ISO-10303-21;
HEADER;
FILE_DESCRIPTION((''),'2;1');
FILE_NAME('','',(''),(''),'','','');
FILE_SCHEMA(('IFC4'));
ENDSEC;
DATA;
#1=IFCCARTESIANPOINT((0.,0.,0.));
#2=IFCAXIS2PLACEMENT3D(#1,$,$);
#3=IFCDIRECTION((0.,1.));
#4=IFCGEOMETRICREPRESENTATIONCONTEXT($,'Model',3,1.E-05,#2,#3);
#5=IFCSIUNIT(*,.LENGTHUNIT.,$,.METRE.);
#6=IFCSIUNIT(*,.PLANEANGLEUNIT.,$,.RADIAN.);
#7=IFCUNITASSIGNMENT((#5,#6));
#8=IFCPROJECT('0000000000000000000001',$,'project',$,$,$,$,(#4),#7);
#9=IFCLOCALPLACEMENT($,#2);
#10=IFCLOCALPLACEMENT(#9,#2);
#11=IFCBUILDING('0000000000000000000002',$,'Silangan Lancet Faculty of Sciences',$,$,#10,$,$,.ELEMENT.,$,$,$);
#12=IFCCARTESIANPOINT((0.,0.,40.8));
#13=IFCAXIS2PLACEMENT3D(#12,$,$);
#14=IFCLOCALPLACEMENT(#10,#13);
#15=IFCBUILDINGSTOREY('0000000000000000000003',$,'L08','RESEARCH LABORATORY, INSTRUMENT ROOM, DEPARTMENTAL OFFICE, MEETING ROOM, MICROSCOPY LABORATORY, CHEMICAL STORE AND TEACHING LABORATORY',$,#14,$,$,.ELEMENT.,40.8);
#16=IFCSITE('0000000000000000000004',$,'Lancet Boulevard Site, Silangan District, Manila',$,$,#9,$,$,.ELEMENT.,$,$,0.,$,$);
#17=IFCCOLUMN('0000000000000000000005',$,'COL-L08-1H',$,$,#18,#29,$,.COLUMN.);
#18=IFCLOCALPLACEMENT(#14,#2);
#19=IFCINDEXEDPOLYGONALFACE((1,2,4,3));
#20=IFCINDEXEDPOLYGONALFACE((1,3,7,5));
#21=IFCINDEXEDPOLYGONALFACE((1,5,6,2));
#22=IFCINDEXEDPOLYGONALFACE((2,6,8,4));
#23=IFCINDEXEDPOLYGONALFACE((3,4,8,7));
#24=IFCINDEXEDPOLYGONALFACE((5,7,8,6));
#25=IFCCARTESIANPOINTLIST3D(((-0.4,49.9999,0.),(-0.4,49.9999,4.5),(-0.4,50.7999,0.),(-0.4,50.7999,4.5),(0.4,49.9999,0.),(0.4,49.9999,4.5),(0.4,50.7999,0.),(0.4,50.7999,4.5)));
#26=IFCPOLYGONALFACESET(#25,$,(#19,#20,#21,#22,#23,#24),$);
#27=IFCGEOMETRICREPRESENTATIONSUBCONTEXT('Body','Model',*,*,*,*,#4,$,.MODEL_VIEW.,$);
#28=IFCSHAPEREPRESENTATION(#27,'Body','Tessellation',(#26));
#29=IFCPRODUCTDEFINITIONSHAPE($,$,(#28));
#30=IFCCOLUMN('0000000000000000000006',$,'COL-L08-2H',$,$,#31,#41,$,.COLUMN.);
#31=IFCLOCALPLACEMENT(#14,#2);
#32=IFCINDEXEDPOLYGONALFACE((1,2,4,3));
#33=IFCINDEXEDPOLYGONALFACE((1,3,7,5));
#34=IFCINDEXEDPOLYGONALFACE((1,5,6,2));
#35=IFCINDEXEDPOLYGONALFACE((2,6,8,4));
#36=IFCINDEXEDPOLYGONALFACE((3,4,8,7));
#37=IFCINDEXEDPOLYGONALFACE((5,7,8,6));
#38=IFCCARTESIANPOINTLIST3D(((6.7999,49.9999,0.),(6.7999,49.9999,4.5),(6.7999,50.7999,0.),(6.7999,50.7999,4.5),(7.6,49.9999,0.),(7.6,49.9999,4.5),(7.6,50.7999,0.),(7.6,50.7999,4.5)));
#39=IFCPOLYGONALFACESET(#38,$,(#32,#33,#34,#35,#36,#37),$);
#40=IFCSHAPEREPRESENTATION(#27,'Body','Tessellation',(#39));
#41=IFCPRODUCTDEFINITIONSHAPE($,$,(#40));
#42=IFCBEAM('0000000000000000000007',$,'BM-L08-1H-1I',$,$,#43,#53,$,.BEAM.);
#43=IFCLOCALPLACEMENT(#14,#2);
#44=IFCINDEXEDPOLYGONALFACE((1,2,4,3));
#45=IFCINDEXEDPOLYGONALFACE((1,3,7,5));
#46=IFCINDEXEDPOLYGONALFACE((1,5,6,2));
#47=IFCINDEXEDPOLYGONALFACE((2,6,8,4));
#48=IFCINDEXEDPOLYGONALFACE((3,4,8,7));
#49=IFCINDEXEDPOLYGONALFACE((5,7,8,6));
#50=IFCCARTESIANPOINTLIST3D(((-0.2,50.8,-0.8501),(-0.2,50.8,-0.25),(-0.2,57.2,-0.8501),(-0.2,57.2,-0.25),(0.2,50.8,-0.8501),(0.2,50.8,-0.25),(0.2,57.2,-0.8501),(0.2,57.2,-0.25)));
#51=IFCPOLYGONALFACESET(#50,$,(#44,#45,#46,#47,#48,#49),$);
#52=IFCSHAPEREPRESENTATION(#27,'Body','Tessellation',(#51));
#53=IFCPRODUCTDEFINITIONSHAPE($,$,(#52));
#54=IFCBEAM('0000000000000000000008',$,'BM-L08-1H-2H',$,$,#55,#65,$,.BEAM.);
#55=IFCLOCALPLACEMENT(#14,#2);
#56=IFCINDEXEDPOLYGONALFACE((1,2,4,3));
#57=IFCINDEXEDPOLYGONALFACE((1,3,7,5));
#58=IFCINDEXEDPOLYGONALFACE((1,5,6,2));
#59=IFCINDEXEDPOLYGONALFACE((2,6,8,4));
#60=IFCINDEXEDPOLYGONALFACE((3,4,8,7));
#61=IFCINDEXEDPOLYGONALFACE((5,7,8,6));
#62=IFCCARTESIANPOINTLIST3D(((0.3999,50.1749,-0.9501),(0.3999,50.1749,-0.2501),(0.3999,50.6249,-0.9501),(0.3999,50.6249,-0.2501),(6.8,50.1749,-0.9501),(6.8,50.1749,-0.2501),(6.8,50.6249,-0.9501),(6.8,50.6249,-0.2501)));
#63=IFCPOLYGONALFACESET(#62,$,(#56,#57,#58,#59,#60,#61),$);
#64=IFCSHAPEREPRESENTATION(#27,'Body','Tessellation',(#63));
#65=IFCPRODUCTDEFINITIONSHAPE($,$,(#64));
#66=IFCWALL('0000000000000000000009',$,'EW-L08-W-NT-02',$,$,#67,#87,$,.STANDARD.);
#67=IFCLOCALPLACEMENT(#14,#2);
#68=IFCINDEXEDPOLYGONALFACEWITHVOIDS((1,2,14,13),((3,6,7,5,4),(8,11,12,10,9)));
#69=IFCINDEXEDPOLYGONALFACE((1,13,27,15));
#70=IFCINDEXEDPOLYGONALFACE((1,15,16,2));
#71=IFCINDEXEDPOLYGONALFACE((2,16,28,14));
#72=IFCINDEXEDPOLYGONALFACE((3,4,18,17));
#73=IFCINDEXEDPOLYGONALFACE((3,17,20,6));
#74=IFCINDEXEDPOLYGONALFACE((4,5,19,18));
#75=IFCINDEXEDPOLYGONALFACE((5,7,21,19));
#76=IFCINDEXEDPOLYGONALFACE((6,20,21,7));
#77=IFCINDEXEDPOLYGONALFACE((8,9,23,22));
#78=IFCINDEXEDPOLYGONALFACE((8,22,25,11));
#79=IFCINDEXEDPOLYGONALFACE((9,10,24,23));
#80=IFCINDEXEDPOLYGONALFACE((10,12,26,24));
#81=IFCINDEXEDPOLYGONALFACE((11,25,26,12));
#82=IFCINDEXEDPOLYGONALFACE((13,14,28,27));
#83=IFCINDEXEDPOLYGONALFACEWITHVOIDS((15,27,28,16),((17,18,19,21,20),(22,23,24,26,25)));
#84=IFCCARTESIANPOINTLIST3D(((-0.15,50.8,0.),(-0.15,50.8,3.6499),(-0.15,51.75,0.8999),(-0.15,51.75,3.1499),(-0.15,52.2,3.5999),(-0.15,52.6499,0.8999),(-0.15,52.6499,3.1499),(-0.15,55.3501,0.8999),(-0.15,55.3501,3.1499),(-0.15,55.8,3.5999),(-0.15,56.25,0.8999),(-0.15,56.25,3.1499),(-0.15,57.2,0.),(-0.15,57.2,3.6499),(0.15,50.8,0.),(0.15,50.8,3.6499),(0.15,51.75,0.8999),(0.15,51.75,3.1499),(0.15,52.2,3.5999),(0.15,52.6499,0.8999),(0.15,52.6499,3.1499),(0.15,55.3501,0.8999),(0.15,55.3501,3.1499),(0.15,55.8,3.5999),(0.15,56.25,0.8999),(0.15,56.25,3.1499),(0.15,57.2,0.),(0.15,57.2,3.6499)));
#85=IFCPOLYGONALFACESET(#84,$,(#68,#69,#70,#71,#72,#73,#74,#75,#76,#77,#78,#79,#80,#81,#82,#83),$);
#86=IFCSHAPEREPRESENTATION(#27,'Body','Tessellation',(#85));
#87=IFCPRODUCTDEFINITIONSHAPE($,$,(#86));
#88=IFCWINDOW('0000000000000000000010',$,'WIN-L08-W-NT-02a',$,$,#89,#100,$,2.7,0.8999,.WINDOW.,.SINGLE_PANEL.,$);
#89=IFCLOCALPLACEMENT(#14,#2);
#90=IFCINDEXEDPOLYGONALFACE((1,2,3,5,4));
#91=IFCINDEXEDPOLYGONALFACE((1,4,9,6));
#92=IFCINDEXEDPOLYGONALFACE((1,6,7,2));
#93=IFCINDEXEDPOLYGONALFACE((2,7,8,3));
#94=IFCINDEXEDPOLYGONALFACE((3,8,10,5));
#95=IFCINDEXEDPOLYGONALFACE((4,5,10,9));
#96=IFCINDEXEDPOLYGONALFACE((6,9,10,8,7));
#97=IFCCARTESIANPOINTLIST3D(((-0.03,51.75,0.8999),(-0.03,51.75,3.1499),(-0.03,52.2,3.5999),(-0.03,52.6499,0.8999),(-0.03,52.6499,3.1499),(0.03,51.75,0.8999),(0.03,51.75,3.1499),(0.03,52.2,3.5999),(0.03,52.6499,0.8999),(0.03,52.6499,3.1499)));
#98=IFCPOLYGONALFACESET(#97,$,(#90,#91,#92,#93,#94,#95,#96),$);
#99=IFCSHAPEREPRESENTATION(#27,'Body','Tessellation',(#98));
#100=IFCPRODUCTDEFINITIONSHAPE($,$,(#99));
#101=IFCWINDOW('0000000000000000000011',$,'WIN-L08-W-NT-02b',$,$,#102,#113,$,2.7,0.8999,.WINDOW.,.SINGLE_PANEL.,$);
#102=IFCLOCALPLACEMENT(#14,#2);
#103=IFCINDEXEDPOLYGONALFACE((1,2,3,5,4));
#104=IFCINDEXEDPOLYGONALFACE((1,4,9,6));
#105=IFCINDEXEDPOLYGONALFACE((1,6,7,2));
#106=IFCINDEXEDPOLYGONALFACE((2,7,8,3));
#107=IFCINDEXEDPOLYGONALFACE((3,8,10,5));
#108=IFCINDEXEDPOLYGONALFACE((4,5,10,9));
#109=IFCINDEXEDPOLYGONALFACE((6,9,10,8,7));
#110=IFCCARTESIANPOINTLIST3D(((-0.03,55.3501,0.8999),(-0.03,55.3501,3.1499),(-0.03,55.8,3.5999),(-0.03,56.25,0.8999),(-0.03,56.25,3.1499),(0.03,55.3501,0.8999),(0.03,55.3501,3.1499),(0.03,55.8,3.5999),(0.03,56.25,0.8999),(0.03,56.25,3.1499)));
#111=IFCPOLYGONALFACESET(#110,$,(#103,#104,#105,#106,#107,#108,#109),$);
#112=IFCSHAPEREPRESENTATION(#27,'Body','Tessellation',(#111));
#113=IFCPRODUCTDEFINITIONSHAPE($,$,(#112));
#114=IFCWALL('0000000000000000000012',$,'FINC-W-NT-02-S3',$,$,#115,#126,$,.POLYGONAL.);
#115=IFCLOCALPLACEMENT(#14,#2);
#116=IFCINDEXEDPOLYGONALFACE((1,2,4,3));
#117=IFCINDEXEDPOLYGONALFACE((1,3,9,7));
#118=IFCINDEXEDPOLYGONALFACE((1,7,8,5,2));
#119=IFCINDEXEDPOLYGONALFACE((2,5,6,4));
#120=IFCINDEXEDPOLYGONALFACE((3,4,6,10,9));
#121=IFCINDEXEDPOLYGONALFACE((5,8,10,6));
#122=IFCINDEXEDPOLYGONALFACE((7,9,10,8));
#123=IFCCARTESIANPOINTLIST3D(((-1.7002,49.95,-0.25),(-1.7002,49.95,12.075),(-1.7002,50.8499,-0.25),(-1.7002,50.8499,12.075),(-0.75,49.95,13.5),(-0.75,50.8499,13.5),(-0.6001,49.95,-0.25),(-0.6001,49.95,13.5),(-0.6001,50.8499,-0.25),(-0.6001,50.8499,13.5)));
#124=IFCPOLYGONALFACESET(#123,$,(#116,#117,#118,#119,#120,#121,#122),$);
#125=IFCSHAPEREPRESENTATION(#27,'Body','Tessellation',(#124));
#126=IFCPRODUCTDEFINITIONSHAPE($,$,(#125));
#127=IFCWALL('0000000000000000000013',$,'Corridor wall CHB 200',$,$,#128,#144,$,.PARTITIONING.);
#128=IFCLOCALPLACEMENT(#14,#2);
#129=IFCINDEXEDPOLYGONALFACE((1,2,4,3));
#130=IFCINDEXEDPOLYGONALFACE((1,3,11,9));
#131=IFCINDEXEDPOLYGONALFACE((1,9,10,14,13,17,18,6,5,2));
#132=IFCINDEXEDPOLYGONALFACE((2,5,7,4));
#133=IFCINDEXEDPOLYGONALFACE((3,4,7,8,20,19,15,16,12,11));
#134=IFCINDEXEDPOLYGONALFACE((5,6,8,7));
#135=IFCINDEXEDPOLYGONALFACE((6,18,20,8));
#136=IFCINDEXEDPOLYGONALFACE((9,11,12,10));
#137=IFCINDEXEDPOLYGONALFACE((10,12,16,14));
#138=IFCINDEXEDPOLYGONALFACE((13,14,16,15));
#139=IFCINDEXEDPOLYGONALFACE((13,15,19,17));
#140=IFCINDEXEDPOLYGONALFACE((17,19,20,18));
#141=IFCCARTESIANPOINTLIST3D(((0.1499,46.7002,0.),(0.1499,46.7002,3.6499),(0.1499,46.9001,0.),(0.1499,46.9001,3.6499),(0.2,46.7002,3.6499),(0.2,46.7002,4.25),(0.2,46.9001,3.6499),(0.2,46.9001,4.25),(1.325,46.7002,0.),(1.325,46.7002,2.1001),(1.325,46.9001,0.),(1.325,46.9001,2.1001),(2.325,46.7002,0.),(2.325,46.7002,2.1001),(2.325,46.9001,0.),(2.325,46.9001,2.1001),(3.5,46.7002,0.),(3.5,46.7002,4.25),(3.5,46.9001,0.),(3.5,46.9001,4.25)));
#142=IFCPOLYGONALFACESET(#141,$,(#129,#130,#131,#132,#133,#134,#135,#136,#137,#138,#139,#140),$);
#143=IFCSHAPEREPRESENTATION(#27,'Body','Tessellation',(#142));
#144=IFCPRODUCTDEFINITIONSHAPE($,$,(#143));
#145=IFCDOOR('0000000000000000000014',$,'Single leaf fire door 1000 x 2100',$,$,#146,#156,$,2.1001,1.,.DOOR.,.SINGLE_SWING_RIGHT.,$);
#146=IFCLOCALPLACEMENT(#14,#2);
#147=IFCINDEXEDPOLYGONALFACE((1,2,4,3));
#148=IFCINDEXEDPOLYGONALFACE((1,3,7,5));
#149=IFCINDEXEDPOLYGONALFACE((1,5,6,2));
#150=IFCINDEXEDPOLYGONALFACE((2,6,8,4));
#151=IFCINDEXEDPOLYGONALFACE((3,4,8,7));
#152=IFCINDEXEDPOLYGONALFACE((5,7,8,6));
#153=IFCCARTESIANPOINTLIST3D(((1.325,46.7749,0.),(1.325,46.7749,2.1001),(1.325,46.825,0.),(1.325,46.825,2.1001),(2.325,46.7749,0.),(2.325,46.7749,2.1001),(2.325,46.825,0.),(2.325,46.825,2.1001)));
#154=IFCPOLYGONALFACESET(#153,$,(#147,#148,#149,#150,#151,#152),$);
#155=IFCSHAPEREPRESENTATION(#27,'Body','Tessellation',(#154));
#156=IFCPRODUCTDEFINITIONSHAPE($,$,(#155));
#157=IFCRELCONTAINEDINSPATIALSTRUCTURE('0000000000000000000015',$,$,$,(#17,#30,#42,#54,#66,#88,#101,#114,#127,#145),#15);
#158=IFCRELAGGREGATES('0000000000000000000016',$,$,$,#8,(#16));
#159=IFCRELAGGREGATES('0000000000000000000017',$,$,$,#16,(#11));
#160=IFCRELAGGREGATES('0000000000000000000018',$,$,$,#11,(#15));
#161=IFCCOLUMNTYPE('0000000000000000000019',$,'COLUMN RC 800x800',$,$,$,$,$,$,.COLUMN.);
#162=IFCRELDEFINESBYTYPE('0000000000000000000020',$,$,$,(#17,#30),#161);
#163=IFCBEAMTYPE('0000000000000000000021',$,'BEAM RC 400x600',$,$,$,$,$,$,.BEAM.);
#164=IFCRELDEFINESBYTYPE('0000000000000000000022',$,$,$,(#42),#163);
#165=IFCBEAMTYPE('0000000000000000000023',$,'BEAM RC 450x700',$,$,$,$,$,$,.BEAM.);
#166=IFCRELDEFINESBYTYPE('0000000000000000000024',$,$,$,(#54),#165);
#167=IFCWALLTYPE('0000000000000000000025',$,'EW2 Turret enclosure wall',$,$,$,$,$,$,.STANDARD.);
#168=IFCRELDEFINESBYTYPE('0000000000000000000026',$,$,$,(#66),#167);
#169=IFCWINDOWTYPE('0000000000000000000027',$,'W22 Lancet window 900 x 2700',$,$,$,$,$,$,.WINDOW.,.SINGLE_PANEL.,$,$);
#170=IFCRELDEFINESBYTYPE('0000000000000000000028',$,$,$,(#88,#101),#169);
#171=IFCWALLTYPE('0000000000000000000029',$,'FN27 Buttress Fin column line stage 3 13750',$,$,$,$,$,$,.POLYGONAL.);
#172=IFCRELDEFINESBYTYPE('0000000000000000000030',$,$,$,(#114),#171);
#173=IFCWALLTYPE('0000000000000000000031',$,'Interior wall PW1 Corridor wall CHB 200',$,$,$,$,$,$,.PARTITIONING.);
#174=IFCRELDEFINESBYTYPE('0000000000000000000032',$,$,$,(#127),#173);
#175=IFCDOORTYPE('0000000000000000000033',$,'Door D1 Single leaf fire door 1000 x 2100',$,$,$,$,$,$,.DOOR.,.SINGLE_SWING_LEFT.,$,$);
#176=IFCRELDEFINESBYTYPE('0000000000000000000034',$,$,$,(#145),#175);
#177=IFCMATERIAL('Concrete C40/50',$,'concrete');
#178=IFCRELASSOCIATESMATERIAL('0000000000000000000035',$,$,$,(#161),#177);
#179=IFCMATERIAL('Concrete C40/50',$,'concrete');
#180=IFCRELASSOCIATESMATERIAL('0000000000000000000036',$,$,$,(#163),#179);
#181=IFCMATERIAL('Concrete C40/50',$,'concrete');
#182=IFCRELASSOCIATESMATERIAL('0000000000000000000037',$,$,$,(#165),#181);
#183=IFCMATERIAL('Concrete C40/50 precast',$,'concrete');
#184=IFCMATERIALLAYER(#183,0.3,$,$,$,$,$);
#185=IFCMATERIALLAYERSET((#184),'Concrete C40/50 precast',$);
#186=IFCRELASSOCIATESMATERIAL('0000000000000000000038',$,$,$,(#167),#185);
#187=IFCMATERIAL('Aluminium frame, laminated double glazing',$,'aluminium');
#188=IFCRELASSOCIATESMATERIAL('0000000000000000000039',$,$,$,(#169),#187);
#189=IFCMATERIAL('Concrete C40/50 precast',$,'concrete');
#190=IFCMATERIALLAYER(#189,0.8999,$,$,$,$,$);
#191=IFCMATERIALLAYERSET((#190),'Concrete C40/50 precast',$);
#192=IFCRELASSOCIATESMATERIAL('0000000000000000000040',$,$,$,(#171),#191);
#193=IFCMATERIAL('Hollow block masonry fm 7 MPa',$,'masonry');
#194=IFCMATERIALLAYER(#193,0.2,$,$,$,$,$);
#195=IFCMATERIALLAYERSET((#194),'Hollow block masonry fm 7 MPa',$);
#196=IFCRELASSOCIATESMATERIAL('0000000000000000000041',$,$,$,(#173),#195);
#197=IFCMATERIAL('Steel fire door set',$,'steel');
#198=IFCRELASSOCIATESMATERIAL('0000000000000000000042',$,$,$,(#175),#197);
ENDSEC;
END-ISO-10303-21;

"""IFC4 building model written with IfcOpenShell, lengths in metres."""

from ifc_helpers import new_model, si_unit, direction, frame, frame_2d, origin, origin_2d, place, context, subcontext, project, spatial, polyline, rectangle, outline, extrude, material, layer, layer_set, material_profile, profile_set, type_object, element, fill, save


model = new_model("IFC4")

# Units and contexts
model_context = context("Model", 3, precision=1e-05, world=origin(), true_north=direction((0.0, 1.0)))
body_context = subcontext(model_context, "Body", "Model", "MODEL_VIEW")
ifc_project = project(units=[si_unit("LENGTHUNIT", "METRE"), si_unit("PLANEANGLEUNIT", "RADIAN")], contexts=[model_context])

# Site, building, storey
site_placement = place(None, origin())
site = spatial("IfcSite", under=ifc_project, at=site_placement, Name="Lancet Boulevard Site, Silangan District, Manila", CompositionType="ELEMENT", RefElevation=0.0)
building_placement = place(site_placement, origin())
building = spatial("IfcBuilding", under=site, at=building_placement, Name="Silangan Lancet Faculty of Sciences", CompositionType="ELEMENT")
storey_placement = place(building_placement, frame((0.0, 0.0, 40.8)))
storey = spatial("IfcBuildingStorey", under=building, at=storey_placement, Name="L08", Description="RESEARCH LABORATORY, INSTRUMENT ROOM, DEPARTMENTAL OFFICE, MEETING ROOM, MICROSCOPY LABORATORY, CHEMICAL STORE AND TEACHING LABORATORY", CompositionType="ELEMENT", Elevation=40.8)

# Columns
ifc_material_1 = material(Name="Concrete C40/50", Category="concrete")
ifc_material_profile_1 = material_profile(ifc_material_1, rectangle(XDim=0.8, YDim=0.8, at=origin_2d()), Name="RC 800x800")
ifc_profile_set_1 = profile_set([ifc_material_profile_1], Name="Concrete C40/50")
column_type = type_object("IfcColumnType", Name="COLUMN RC 800x800", PredefinedType="COLUMN", material=ifc_profile_set_1)
for number, where, z_axis, x_axis, name in (
    (1, (0.0, 50.3999, 0.0), (0.0, 0.0, 1.0), (1.0, 0.0, 0.0), "COL-L08-1H"),
    (2, (7.2, 50.3999, 0.0), (0.0, 0.0, 1.0), (1.0, 0.0, 0.0), "COL-L08-2H"),
):
    element("IfcColumn", number, at=place(storey_placement, frame(where, z_axis=z_axis, x_axis=x_axis)), inside=storey, type_object=column_type, Name=name, PredefinedType="COLUMN", context=body_context, shape_type="SweptSolid", body=[
        extrude(rectangle(XDim=0.8, YDim=0.8, at=origin_2d()), origin(), (0.0, 0.0, 1.0), 4.5),
    ])

# Beams
ifc_material_2 = material(Name="Concrete C40/50", Category="concrete")
ifc_material_profile_2 = material_profile(ifc_material_2, rectangle(XDim=0.3999, YDim=0.6001, at=origin_2d()), Name="RC 400x600")
ifc_profile_set_2 = profile_set([ifc_material_profile_2], Name="Concrete C40/50")
beam_type_1 = type_object("IfcBeamType", Name="BEAM RC 400x600", PredefinedType="BEAM", material=ifc_profile_set_2)
beam_1_placement = place(storey_placement, frame((0.0, 50.8, -0.55), z_axis=(0.0, 1.0, 0.0), x_axis=(-1.0, 0.0, 0.0)))
element("IfcBeam", 3, at=beam_1_placement, inside=storey, type_object=beam_type_1, Name="BM-L08-1H-1I", PredefinedType="BEAM", context=body_context, shape_type="SweptSolid", body=[
    extrude(rectangle(XDim=0.3999, YDim=0.6001, at=origin_2d()), origin(), (0.0, 0.0, 1.0), 6.3999),
])
ifc_material_3 = material(Name="Concrete C40/50", Category="concrete")
ifc_material_profile_3 = material_profile(ifc_material_3, rectangle(XDim=0.45, YDim=0.7, at=origin_2d()), Name="RC 450x700")
ifc_profile_set_3 = profile_set([ifc_material_profile_3], Name="Concrete C40/50")
beam_type_2 = type_object("IfcBeamType", Name="BEAM RC 450x700", PredefinedType="BEAM", material=ifc_profile_set_3)
beam_2_placement = place(storey_placement, frame((0.3999, 50.3999, -0.6001), z_axis=(1.0, 0.0, 0.0), x_axis=(0.0, 1.0, 0.0)))
element("IfcBeam", 4, at=beam_2_placement, inside=storey, type_object=beam_type_2, Name="BM-L08-1H-2H", PredefinedType="BEAM", context=body_context, shape_type="SweptSolid", body=[
    extrude(rectangle(XDim=0.45, YDim=0.7, at=origin_2d()), origin(), (0.0, 0.0, 1.0), 6.4001),
])

# Wall, openings, windows
ifc_material_4 = material(Name="Concrete C40/50 precast", Category="concrete")
ifc_layer_1 = layer(ifc_material_4, 0.3)
ifc_layer_set_1 = layer_set([ifc_layer_1], Name="Concrete C40/50 precast")
wall_type_1 = type_object("IfcWallType", Name="EW2 Turret enclosure wall", PredefinedType="STANDARD", material=ifc_layer_set_1)
wall_1_placement = place(storey_placement, frame((0.0, 50.8, 0.0), z_axis=(0.0, 0.0, 1.0), x_axis=(0.0, 1.0, 0.0)))
wall_1 = element("IfcWall", 5, at=wall_1_placement, inside=storey, type_object=wall_type_1, Name="EW-L08-W-NT-02", PredefinedType="STANDARD", context=body_context, shape_type="SweptSolid", body=[
    extrude(rectangle(XDim=6.3999, YDim=0.3, at=frame_2d((3.2, 0.0))), origin(), (0.0, 0.0, 1.0), 3.6499),
])
opening_1_placement = place(wall_1_placement, frame((0.95, 0.0, 0.8999)))
opening_1 = element("IfcOpeningElement", 6, at=opening_1_placement, cuts=wall_1, PredefinedType="OPENING", context=body_context, shape_type="SweptSolid", body=[
    extrude(outline(polyline([(0.0, 0.0), (0.8999, 0.0), (0.8999, 2.25), (0.45, 2.7), (0.0, 2.25), (0.0, 0.0)])), frame((0.0, 0.1599, 0.0), z_axis=(0.0, -1.0, 0.0), x_axis=(1.0, 0.0, 0.0)), (0.0, 0.0, 1.0), 0.3201),
])
opening_2_placement = place(wall_1_placement, frame((4.55, 0.0, 0.8999)))
opening_2 = element("IfcOpeningElement", 7, at=opening_2_placement, cuts=wall_1, PredefinedType="OPENING", context=body_context, shape_type="SweptSolid", body=[
    extrude(outline(polyline([(0.0, 0.0), (0.8999, 0.0), (0.8999, 2.25), (0.45, 2.7), (0.0, 2.25), (0.0, 0.0)])), frame((0.0, 0.1599, 0.0), z_axis=(0.0, -1.0, 0.0), x_axis=(1.0, 0.0, 0.0)), (0.0, 0.0, 1.0), 0.3201),
])
ifc_material_5 = material(Name="Aluminium frame, laminated double glazing", Category="aluminium")
window_type = type_object("IfcWindowType", Name="W22 Lancet window 900 x 2700", PartitioningType="SINGLE_PANEL", PredefinedType="WINDOW", material=ifc_material_5)
window_1_placement = place(opening_1_placement, origin())
window_1 = element("IfcWindow", 8, at=window_1_placement, inside=storey, type_object=window_type, Name="WIN-L08-W-NT-02a", OverallHeight=2.7, OverallWidth=0.8999, PartitioningType="SINGLE_PANEL", PredefinedType="WINDOW", context=body_context, shape_type="SweptSolid", body=[
    extrude(outline(polyline([(0.0, 0.0), (0.8999, 0.0), (0.8999, 2.25), (0.45, 2.7), (0.0, 2.25), (0.0, 0.0)])), frame((0.0, 0.03, 0.0), z_axis=(0.0, -1.0, 0.0), x_axis=(1.0, 0.0, 0.0)), (0.0, 0.0, 1.0), 0.0601),
])
fill(opening_1, window_1)
window_2_placement = place(opening_2_placement, origin())
window_2 = element("IfcWindow", 9, at=window_2_placement, inside=storey, type_object=window_type, Name="WIN-L08-W-NT-02b", OverallHeight=2.7, OverallWidth=0.8999, PartitioningType="SINGLE_PANEL", PredefinedType="WINDOW", context=body_context, shape_type="SweptSolid", body=[
    extrude(outline(polyline([(0.0, 0.0), (0.8999, 0.0), (0.8999, 2.25), (0.45, 2.7), (0.0, 2.25), (0.0, 0.0)])), frame((0.0, 0.03, 0.0), z_axis=(0.0, -1.0, 0.0), x_axis=(1.0, 0.0, 0.0)), (0.0, 0.0, 1.0), 0.0601),
])
fill(opening_2, window_2)

# Wall
ifc_material_6 = material(Name="Concrete C40/50 precast", Category="concrete")
ifc_layer_2 = layer(ifc_material_6, 0.8999)
ifc_layer_set_2 = layer_set([ifc_layer_2], Name="Concrete C40/50 precast")
wall_type_2 = type_object("IfcWallType", Name="FN27 Buttress Fin column line stage 3 13750", PredefinedType="POLYGONAL", material=ifc_layer_set_2)
wall_2_placement = place(storey_placement, frame((-0.6001, 50.3999, -0.25), z_axis=(0.0, 0.0, 1.0), x_axis=(-1.0, 0.0, 0.0)))
element("IfcWall", 10, at=wall_2_placement, inside=storey, type_object=wall_type_2, Name="FINC-W-NT-02-S3", PredefinedType="POLYGONAL", context=body_context, shape_type="SweptSolid", body=[
    extrude(outline(polyline([(1.1001, 0.0), (1.1001, 12.325), (0.1499, 13.75), (0.0, 13.75), (0.0, 0.0), (1.1001, 0.0)])), frame((0.0, 0.45, 0.0), z_axis=(0.0, -1.0, 0.0), x_axis=(1.0, 0.0, 0.0)), (0.0, 0.0, 1.0), 0.8999),
])

# Wall, opening, door
ifc_material_7 = material(Name="Hollow block masonry fm 7 MPa", Category="masonry")
ifc_layer_3 = layer(ifc_material_7, 0.2)
ifc_layer_set_3 = layer_set([ifc_layer_3], Name="Hollow block masonry fm 7 MPa")
wall_type_3 = type_object("IfcWallType", Name="Interior wall PW1 Corridor wall CHB 200", PredefinedType="PARTITIONING", material=ifc_layer_set_3)
wall_3_placement = place(storey_placement, frame((0.1499, 46.8, 0.0), z_axis=(0.0, 0.0, 1.0), x_axis=(1.0, 0.0, 0.0)))
wall_3 = element("IfcWall", 11, at=wall_3_placement, inside=storey, type_object=wall_type_3, Name="Corridor wall CHB 200", PredefinedType="PARTITIONING", context=body_context, shape_type="SweptSolid", body=[
    extrude(outline(polyline([(0.0, 0.0), (3.3501, 0.0), (3.3501, 4.25), (0.05, 4.25), (0.05, 3.6499), (0.0, 3.6499), (0.0, 0.0)])), frame((0.0, 0.1001, 0.0), z_axis=(0.0, -1.0, 0.0), x_axis=(1.0, 0.0, 0.0)), (0.0, 0.0, 1.0), 0.2),
])
opening_3_placement = place(wall_3_placement, frame((1.175, 0.0, 0.0)))
opening_3 = element("IfcOpeningElement", 12, at=opening_3_placement, cuts=wall_3, PredefinedType="OPENING", context=body_context, shape_type="SweptSolid", body=[
    extrude(rectangle(XDim=1.0, YDim=2.1001, at=frame_2d((0.5, 1.05))), frame((0.0, 0.1099, 0.0), z_axis=(0.0, -1.0, 0.0), x_axis=(1.0, 0.0, 0.0)), (0.0, 0.0, 1.0), 0.22),
])
ifc_material_8 = material(Name="Steel fire door set", Category="steel")
door_type_1 = type_object("IfcDoorType", Name="Door D1 Single leaf fire door 1000 x 2100", OperationType="SINGLE_SWING_LEFT", PredefinedType="DOOR", material=ifc_material_8)
door_1_placement = place(opening_3_placement, frame((1.0, 0.0, 0.0), z_axis=(0.0, 0.0, 1.0), x_axis=(-1.0, 0.0, 0.0)))
door_1 = element("IfcDoor", 13, at=door_1_placement, inside=storey, type_object=door_type_1, Name="Single leaf fire door 1000 x 2100", OperationType="SINGLE_SWING_RIGHT", OverallHeight=2.1001, OverallWidth=1.0, PredefinedType="DOOR", context=body_context, shape_type="SweptSolid", body=[
    extrude(rectangle(XDim=1.0, YDim=2.1001, at=frame_2d((0.5, 1.05))), frame((0.0, 0.0251, 0.0), z_axis=(0.0, -1.0, 0.0), x_axis=(1.0, 0.0, 0.0)), (0.0, 0.0, 1.0), 0.05),
])
fill(opening_3, door_1)

save(model, "model.ifc")
